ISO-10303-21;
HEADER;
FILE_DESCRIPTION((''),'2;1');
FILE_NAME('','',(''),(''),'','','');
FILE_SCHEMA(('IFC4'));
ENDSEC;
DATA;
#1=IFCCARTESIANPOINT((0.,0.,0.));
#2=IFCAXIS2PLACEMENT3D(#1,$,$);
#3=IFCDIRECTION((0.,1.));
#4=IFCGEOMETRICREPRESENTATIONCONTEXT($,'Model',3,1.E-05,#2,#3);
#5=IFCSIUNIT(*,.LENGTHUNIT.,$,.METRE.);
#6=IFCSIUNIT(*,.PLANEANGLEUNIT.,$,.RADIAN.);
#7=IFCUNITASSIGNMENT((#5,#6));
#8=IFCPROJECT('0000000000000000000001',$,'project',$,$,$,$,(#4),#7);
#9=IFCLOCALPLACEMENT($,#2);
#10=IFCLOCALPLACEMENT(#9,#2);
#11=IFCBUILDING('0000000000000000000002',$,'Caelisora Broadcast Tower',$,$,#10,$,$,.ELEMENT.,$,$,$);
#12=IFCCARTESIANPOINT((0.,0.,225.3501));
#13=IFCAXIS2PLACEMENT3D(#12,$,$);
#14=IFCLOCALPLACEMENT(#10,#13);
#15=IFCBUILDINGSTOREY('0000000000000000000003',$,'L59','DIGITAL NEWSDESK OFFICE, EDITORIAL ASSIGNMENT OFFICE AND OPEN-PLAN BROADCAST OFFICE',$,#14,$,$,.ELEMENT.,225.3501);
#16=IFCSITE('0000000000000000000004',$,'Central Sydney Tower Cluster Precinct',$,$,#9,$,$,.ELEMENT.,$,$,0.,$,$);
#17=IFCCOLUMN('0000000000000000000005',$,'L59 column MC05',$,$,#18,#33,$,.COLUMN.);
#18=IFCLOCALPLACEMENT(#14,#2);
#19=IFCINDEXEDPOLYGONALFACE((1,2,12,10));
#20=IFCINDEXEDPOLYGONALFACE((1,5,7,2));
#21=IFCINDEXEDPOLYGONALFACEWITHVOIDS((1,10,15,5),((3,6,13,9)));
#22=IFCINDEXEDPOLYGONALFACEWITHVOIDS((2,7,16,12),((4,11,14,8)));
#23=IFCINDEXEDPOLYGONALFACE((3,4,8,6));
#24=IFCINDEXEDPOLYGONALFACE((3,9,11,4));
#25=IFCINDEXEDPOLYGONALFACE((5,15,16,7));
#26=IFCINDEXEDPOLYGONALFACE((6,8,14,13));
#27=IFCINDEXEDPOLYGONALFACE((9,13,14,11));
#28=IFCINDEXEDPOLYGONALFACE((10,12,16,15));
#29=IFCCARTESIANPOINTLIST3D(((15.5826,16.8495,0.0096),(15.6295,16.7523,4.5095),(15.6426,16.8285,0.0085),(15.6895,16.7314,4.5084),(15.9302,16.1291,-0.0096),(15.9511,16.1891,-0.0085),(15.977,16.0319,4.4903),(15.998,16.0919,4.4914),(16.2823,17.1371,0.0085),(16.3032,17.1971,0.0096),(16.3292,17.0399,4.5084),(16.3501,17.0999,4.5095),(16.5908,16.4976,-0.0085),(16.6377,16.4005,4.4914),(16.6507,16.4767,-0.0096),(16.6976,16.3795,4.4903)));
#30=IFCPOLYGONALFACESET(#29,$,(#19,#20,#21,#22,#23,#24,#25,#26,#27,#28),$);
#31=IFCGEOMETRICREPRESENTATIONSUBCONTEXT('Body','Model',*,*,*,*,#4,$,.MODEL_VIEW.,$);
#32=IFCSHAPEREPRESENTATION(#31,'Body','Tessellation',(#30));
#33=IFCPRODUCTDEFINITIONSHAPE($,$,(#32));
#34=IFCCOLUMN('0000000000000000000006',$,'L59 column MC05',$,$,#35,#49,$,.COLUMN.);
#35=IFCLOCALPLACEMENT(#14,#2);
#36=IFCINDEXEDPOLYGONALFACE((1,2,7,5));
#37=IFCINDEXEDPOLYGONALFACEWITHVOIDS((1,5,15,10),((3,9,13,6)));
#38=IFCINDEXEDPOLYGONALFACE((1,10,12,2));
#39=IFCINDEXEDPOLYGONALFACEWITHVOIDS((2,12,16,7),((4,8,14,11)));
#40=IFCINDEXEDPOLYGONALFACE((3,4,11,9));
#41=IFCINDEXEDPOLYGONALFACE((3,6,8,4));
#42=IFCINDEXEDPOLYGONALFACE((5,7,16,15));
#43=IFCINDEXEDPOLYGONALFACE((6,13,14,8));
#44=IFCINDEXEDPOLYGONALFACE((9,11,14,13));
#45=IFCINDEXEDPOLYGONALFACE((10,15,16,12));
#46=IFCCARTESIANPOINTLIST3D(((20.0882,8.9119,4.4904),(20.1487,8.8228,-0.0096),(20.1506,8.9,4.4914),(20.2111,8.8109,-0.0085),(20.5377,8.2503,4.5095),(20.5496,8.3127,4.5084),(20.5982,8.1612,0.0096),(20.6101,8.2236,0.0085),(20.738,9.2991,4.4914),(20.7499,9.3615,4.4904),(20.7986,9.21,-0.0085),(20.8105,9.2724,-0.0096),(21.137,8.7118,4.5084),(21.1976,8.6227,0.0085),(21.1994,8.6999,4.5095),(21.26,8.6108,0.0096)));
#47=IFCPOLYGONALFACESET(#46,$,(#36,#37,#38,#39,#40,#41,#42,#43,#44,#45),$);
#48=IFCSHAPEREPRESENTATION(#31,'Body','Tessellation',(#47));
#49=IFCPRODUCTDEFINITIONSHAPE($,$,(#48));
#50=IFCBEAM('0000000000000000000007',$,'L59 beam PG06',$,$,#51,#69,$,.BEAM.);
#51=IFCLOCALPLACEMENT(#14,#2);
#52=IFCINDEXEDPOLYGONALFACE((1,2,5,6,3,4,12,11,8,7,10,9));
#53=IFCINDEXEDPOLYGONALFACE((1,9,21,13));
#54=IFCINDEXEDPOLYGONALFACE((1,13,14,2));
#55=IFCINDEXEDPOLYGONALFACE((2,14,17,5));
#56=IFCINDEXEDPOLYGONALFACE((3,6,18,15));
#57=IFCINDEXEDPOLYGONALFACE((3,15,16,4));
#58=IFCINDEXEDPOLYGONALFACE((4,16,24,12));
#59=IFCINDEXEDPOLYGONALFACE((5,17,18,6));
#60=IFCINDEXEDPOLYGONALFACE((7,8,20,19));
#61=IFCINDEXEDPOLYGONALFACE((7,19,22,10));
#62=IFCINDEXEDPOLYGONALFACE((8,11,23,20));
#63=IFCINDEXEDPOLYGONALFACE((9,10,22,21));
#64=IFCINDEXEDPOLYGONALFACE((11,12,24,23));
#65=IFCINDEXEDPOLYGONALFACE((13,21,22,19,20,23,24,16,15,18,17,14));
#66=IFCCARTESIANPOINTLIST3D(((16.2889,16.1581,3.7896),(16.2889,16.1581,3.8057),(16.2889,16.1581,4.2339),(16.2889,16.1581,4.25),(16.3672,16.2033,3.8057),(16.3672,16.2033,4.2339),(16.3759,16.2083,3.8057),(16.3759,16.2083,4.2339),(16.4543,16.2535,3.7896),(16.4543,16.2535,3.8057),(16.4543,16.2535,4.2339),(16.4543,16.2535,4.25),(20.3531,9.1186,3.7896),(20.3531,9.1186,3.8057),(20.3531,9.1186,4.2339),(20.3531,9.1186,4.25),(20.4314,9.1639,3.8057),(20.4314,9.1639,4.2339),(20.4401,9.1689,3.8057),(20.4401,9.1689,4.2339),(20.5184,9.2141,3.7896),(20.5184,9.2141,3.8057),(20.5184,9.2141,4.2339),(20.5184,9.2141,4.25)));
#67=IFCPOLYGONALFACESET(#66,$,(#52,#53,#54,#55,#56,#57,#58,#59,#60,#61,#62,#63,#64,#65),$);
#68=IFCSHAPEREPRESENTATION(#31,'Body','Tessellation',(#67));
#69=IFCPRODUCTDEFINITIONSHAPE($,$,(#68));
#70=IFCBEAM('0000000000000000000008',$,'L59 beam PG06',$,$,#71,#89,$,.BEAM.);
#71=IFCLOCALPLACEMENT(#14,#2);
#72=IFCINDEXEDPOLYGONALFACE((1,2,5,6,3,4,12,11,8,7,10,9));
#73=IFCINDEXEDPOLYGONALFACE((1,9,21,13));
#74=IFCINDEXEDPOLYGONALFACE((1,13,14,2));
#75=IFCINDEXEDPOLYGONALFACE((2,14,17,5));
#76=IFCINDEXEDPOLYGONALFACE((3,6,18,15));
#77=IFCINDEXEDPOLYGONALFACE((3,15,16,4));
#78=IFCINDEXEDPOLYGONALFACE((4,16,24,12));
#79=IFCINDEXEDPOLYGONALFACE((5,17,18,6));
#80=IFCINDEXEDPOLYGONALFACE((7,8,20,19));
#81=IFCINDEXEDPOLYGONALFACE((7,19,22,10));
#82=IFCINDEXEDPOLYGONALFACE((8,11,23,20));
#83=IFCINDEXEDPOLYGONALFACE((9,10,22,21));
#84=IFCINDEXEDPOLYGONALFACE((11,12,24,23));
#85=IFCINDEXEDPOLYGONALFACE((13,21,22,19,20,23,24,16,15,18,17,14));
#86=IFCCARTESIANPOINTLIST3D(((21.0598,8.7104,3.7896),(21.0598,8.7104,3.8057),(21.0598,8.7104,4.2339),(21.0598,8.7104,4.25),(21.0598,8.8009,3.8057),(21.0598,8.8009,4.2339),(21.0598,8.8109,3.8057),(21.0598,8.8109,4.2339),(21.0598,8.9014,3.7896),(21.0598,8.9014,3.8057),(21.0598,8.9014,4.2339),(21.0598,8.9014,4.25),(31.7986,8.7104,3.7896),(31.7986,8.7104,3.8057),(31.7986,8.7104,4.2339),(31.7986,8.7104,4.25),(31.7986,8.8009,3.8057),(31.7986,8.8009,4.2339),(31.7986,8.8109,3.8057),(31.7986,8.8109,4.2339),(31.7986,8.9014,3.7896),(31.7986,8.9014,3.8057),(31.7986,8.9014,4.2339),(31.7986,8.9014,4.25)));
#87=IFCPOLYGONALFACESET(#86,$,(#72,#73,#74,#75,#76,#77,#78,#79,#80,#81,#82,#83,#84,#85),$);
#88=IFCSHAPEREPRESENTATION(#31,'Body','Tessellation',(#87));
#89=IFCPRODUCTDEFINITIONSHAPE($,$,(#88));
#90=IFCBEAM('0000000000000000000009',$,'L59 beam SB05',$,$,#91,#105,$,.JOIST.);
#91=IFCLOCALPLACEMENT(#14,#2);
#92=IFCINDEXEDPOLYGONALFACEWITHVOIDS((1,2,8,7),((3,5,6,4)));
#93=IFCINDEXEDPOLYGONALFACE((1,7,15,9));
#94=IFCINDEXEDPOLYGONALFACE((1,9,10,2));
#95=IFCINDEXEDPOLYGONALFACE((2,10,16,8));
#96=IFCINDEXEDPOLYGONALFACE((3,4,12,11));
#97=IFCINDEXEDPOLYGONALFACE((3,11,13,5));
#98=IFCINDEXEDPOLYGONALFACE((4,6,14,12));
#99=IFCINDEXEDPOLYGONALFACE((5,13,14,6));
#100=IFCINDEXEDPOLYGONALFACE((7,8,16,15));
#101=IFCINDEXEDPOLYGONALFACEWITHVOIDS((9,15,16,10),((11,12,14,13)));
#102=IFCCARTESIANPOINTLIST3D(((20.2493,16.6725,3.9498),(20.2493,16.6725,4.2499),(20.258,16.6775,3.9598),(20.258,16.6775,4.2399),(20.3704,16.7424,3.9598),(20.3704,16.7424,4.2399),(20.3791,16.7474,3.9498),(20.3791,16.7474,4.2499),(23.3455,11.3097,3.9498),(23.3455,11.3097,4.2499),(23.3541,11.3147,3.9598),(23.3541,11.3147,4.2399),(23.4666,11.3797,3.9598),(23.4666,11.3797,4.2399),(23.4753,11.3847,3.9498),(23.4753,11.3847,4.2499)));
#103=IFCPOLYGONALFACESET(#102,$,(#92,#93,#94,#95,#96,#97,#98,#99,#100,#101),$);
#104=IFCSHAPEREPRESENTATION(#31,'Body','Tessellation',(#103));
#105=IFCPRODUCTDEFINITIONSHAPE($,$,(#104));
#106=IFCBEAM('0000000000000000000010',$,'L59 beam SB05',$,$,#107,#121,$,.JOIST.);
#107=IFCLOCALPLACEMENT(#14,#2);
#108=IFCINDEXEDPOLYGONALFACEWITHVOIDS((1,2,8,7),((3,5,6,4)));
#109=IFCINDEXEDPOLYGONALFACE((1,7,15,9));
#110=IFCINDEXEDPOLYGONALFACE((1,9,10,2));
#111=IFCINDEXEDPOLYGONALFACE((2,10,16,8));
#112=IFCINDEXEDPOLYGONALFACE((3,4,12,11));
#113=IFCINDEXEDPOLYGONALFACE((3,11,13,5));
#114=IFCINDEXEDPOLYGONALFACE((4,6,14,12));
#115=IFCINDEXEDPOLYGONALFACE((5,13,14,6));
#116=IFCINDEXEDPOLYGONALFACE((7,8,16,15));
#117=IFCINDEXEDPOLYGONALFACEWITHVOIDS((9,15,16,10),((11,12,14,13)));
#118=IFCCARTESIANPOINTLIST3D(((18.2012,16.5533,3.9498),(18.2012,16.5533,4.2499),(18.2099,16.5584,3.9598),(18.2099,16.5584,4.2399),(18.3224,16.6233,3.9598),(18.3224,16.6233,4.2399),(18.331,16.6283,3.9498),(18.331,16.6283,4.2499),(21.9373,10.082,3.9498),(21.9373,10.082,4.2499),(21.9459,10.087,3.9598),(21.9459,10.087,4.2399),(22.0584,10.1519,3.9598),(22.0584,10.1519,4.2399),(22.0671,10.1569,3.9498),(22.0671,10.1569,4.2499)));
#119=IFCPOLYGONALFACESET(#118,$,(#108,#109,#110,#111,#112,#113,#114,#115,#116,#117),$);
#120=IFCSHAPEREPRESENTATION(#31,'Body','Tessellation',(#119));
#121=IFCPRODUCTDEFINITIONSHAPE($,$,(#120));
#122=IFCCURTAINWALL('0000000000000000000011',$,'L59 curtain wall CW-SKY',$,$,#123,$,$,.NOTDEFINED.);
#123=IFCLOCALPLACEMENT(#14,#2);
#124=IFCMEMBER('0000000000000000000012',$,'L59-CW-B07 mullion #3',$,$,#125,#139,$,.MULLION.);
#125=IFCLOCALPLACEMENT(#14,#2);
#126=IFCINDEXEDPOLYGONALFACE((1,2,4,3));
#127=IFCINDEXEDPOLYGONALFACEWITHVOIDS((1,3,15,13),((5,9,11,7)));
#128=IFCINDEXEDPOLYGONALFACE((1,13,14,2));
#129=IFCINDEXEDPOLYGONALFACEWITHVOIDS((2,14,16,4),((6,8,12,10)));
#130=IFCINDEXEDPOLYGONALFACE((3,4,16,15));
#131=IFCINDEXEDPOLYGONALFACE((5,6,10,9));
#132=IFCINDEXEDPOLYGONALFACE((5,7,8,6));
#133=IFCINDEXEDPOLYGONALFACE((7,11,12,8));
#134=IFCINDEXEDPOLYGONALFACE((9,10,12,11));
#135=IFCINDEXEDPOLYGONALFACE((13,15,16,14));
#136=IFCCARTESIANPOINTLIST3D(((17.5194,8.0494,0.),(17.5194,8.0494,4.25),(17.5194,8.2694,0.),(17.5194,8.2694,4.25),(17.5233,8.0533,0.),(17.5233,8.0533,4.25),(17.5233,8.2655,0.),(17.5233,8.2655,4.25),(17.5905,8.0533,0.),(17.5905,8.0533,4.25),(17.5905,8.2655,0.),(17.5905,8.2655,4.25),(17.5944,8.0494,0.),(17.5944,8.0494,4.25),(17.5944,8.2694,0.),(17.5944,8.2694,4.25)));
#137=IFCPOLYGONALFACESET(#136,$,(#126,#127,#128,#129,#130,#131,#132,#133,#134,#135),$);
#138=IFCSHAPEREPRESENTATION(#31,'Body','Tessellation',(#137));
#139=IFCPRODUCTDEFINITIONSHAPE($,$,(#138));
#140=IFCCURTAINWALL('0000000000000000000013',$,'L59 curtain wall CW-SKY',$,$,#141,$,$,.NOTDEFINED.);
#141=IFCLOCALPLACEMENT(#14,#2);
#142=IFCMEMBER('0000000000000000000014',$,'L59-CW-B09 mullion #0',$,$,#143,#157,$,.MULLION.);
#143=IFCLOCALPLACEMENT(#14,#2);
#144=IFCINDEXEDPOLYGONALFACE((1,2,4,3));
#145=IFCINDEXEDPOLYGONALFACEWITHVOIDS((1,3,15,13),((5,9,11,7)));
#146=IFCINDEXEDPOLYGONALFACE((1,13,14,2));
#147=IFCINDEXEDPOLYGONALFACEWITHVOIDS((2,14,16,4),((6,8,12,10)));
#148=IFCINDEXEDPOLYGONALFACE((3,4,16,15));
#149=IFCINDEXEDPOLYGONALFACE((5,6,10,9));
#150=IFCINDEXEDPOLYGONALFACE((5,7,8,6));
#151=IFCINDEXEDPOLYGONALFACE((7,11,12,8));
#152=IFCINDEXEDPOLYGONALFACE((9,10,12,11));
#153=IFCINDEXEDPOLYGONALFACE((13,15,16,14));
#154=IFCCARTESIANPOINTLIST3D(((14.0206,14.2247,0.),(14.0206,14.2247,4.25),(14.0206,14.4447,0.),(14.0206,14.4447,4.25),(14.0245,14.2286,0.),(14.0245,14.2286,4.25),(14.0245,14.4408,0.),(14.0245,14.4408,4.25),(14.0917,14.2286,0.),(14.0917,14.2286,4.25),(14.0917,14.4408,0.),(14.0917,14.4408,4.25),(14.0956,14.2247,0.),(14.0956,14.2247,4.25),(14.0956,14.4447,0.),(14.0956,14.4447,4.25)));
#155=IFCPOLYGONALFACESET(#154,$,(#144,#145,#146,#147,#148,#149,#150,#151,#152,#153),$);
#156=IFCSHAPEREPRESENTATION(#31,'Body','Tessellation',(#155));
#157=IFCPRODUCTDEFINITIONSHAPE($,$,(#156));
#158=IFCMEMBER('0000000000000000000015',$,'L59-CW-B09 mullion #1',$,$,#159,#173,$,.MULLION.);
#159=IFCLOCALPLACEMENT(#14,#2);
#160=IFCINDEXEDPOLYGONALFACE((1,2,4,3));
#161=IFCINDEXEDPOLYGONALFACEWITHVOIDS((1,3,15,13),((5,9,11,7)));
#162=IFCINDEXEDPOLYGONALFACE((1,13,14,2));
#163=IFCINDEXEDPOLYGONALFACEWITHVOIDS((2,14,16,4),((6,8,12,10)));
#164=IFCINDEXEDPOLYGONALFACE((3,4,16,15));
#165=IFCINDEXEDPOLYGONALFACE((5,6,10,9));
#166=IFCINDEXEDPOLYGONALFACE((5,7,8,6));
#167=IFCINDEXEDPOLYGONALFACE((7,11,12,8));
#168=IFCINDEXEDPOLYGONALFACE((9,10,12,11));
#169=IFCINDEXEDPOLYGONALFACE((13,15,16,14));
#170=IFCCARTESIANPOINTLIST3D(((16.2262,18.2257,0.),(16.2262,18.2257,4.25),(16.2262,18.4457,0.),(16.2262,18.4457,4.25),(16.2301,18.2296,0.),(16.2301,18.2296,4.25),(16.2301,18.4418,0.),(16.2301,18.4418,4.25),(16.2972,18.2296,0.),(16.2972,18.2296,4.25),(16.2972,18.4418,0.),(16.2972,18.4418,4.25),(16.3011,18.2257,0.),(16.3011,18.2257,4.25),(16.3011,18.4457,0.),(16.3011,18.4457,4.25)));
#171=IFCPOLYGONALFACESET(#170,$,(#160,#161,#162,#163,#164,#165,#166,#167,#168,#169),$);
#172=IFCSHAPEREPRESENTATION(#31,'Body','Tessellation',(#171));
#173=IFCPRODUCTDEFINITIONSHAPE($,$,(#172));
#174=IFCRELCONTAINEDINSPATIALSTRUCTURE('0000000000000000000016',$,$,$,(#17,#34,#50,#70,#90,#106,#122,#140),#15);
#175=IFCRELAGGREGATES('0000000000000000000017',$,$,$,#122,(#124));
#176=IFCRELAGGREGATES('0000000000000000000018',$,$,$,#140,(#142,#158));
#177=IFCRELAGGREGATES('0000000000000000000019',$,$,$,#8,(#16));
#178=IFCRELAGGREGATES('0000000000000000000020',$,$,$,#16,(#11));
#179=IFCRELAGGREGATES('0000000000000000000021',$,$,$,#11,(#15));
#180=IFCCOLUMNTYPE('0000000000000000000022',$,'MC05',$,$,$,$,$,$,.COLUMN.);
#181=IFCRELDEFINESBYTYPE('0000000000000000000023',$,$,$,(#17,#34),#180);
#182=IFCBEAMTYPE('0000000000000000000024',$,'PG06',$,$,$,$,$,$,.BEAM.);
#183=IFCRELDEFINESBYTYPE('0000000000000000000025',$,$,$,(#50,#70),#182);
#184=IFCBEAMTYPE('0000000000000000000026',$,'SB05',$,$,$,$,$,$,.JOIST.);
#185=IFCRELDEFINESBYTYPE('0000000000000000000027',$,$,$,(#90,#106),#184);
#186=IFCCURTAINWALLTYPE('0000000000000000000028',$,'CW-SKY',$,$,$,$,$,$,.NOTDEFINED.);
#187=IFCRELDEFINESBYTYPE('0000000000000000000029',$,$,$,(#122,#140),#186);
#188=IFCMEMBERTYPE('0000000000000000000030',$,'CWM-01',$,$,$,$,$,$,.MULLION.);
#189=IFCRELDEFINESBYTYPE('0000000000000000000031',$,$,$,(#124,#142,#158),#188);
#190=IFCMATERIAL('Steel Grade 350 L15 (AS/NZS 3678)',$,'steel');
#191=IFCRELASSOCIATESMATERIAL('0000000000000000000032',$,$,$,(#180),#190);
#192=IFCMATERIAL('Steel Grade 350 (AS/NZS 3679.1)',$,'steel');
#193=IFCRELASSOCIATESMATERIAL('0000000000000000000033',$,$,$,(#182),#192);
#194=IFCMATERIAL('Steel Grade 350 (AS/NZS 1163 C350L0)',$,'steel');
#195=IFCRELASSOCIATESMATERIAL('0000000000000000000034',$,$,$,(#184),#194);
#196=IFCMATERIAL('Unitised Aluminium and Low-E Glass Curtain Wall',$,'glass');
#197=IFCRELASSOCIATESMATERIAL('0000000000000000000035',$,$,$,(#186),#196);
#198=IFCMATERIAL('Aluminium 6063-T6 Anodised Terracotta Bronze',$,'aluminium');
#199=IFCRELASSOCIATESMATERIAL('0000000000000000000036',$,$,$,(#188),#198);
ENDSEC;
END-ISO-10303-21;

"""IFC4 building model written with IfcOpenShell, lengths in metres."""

from ifc_helpers import new_model, si_unit, direction, frame, origin, origin_2d, place, context, subcontext, project, spatial, hollow_rectangle, i_section, extrude, source, transform, mapped, material, material_profile, profile_set, type_object, type_shapes, element, aggregate, save


model = new_model("IFC4")

# Units and contexts
model_context = context("Model", 3, precision=1e-05, world=origin(), true_north=direction((0.0, 1.0)))
body_context = subcontext(model_context, "Body", "Model", "MODEL_VIEW")
ifc_project = project(units=[si_unit("LENGTHUNIT", "METRE"), si_unit("PLANEANGLEUNIT", "RADIAN")], contexts=[model_context])

# Site, building, storey
site_placement = place(None, origin())
site = spatial("IfcSite", under=ifc_project, at=site_placement, Name="Central Sydney Tower Cluster Precinct", CompositionType="ELEMENT", RefElevation=0.0)
building_placement = place(site_placement, origin())
building = spatial("IfcBuilding", under=site, at=building_placement, Name="Caelisora Broadcast Tower", CompositionType="ELEMENT")
storey_placement = place(building_placement, frame((0.0, 0.0, 225.3501)))
storey = spatial("IfcBuildingStorey", under=building, at=storey_placement, Name="L59", Description="DIGITAL NEWSDESK OFFICE, EDITORIAL ASSIGNMENT OFFICE AND OPEN-PLAN BROADCAST OFFICE", CompositionType="ELEMENT", Elevation=225.3501)

# Columns
ifc_material_1 = material(Name="Steel Grade 350 L15 (AS/NZS 3678)", Category="steel")
ifc_material_profile_1 = material_profile(ifc_material_1, hollow_rectangle(XDim=0.8, YDim=0.8, WallThickness=0.0449, at=origin_2d()), Name="Steel Grade 350 L15 (AS/NZS 3678)")
ifc_profile_set_1 = profile_set([ifc_material_profile_1], Name="Steel Grade 350 L15 (AS/NZS 3678)")
column_type = type_object("IfcColumnType", Name="MC05", PredefinedType="COLUMN", material=ifc_profile_set_1)
shared_shape_1 = source(origin(), body_context, "Body", "SweptSolid", [
    extrude(hollow_rectangle(XDim=0.8, YDim=0.8, WallThickness=0.0449, at=origin_2d()), origin(), (0.0, 0.0, 1.0), 4.5012),
])
type_shapes(column_type, [shared_shape_1])
for number, where, z_axis, x_axis, name in (
    (1, (16.1167, 16.6631, 0.0), (0.010414, -0.021587, 0.999713), (0.900674, 0.434496, 0.0), "L59 column MC05"),
    (2, (20.7043, 8.7168, 0.0), (-0.013451, 0.019797, 0.999714), (-0.827137, -0.562, 0.0), "L59 column MC05"),
):
    element("IfcColumn", number, at=place(storey_placement, frame(where, z_axis=z_axis, x_axis=x_axis)), inside=storey, type_object=column_type, Name=name, PredefinedType="COLUMN", context=body_context, shape_type="MappedRepresentation", body=[
        mapped(shared_shape_1, transform((0.0, 0.0, 0.0), scale=1.0)),
    ])

# Beams
ifc_material_2 = material(Name="Steel Grade 350 (AS/NZS 3679.1)", Category="steel")
ifc_material_profile_2 = material_profile(ifc_material_2, i_section(OverallWidth=0.1909, OverallDepth=0.4604, WebThickness=0.01, FlangeThickness=0.0161, at=origin_2d()), Name="Steel Grade 350 (AS/NZS 3679.1)")
ifc_profile_set_2 = profile_set([ifc_material_profile_2], Name="Steel Grade 350 (AS/NZS 3679.1)")
beam_type_1 = type_object("IfcBeamType", Name="PG06", PredefinedType="BEAM", material=ifc_profile_set_2)
shared_shape_2 = source(origin(), body_context, "Body", "SweptSolid", [
    extrude(i_section(OverallWidth=0.1909, OverallDepth=0.4604, WebThickness=0.01, FlangeThickness=0.0161, at=origin_2d()), origin(), (0.0, 0.0, 1.0), 8.1284),
])
beam_1_placement = place(storey_placement, frame((16.3716, 16.2058, 4.0198), z_axis=(0.499993, -0.86603, 0.0), x_axis=(0.86603, 0.499993, 0.0)))
element("IfcBeam", 3, at=beam_1_placement, inside=storey, type_object=beam_type_1, Name="L59 beam PG06", PredefinedType="BEAM", context=body_context, shape_type="MappedRepresentation", body=[
    mapped(shared_shape_2, transform((0.0, 0.0, 0.0), scale=1.0)),
])
shared_shape_3 = source(origin(), body_context, "Body", "SweptSolid", [
    extrude(i_section(OverallWidth=0.1909, OverallDepth=0.4604, WebThickness=0.01, FlangeThickness=0.0161, at=origin_2d()), origin(), (0.0, 0.0, 1.0), 10.7388),
])
type_shapes(beam_type_1, [shared_shape_2, shared_shape_3])
beam_2_placement = place(storey_placement, frame((21.0598, 8.8059, 4.0198), z_axis=(1.0, 0.0, 0.0), x_axis=(0.0, 1.0, 0.0)))
element("IfcBeam", 4, at=beam_2_placement, inside=storey, type_object=beam_type_1, Name="L59 beam PG06", PredefinedType="BEAM", context=body_context, shape_type="MappedRepresentation", body=[
    mapped(shared_shape_3, transform((0.0, 0.0, 0.0), scale=1.0)),
])
ifc_material_3 = material(Name="Steel Grade 350 (AS/NZS 1163 C350L0)", Category="steel")
ifc_material_profile_3 = material_profile(ifc_material_3, hollow_rectangle(XDim=0.1499, YDim=0.3, WallThickness=0.01, at=origin_2d()), Name="Steel Grade 350 (AS/NZS 1163 C350L0)")
ifc_profile_set_3 = profile_set([ifc_material_profile_3], Name="Steel Grade 350 (AS/NZS 1163 C350L0)")
beam_type_2 = type_object("IfcBeamType", Name="SB05", PredefinedType="JOIST", material=ifc_profile_set_3)
shared_shape_4 = source(origin(), body_context, "Body", "SweptSolid", [
    extrude(hollow_rectangle(XDim=0.1499, YDim=0.3, WallThickness=0.01, at=origin_2d()), origin(), (0.0, 0.0, 1.0), 6.1924),
])
beam_3_placement = place(storey_placement, frame((20.3142, 16.71, 4.0999), z_axis=(0.499998, -0.866027, 0.0), x_axis=(0.866027, 0.499998, 0.0)))
element("IfcBeam", 5, at=beam_3_placement, inside=storey, type_object=beam_type_2, Name="L59 beam SB05", PredefinedType="JOIST", context=body_context, shape_type="MappedRepresentation", body=[
    mapped(shared_shape_4, transform((0.0, 0.0, 0.0), scale=1.0)),
])
shared_shape_5 = source(origin(), body_context, "Body", "SweptSolid", [
    extrude(hollow_rectangle(XDim=0.1499, YDim=0.3, WallThickness=0.01, at=origin_2d()), origin(), (0.0, 0.0, 1.0), 7.4724),
])
type_shapes(beam_type_2, [shared_shape_4, shared_shape_5])
beam_4_placement = place(storey_placement, frame((18.2661, 16.5908, 4.0999), z_axis=(0.49998, -0.866037, 0.0), x_axis=(0.866037, 0.49998, 0.0)))
element("IfcBeam", 6, at=beam_4_placement, inside=storey, type_object=beam_type_2, Name="L59 beam SB05", PredefinedType="JOIST", context=body_context, shape_type="MappedRepresentation", body=[
    mapped(shared_shape_5, transform((0.0, 0.0, 0.0), scale=1.0)),
])

# Curtain wall, member
ifc_material_4 = material(Name="Unitised Aluminium and Low-E Glass Curtain Wall", Category="glass")
curtain_wall_type = type_object("IfcCurtainWallType", Name="CW-SKY", PredefinedType="NOTDEFINED", material=ifc_material_4)
curtain_wall_1_placement = place(storey_placement, origin())
curtain_wall_1 = element("IfcCurtainWall", 7, at=curtain_wall_1_placement, inside=storey, type_object=curtain_wall_type, Name="L59 curtain wall CW-SKY", PredefinedType="NOTDEFINED")
ifc_material_5 = material(Name="Aluminium 6063-T6 Anodised Terracotta Bronze", Category="aluminium")
ifc_material_profile_4 = material_profile(ifc_material_5, hollow_rectangle(XDim=0.075, YDim=0.22, WallThickness=0.0039, at=origin_2d()), Name="Aluminium 6063-T6 Anodised Terracotta Bronze")
ifc_profile_set_4 = profile_set([ifc_material_profile_4], Name="Aluminium 6063-T6 Anodised Terracotta Bronze")
member_type_1 = type_object("IfcMemberType", Name="CWM-01", PredefinedType="MULLION", material=ifc_profile_set_4)
shared_shape_6 = source(origin(), body_context, "Body", "SweptSolid", [
    extrude(hollow_rectangle(XDim=0.075, YDim=0.22, WallThickness=0.0039, at=origin_2d()), origin(), (0.0, 0.0, 1.0), 4.25),
])
type_shapes(member_type_1, [shared_shape_6])
member_1_placement = place(storey_placement, frame((17.5569, 8.1594, 0.0), z_axis=(0.0, 0.0, 1.0), x_axis=(1.0, 0.0, 0.0)))
member_1 = element("IfcMember", 8, at=member_1_placement, type_object=member_type_1, Name="L59-CW-B07 mullion #3", PredefinedType="MULLION", context=body_context, shape_type="MappedRepresentation", body=[
    mapped(shared_shape_6, transform((0.0, 0.0, 0.0), scale=1.0)),
])

# Curtain wall, members
curtain_wall_2_placement = place(storey_placement, origin())
curtain_wall_2 = element("IfcCurtainWall", 9, at=curtain_wall_2_placement, inside=storey, type_object=curtain_wall_type, Name="L59 curtain wall CW-SKY", PredefinedType="NOTDEFINED")
member_2_placement = place(storey_placement, frame((14.0581, 14.3347, 0.0), z_axis=(0.0, 0.0, 1.0), x_axis=(1.0, 0.0, 0.0)))
member_2 = element("IfcMember", 10, at=member_2_placement, type_object=member_type_1, Name="L59-CW-B09 mullion #0", PredefinedType="MULLION", context=body_context, shape_type="MappedRepresentation", body=[
    mapped(shared_shape_6, transform((0.0, 0.0, 0.0), scale=1.0)),
])
member_3_placement = place(storey_placement, frame((16.2637, 18.3357, 0.0), z_axis=(0.0, 0.0, 1.0), x_axis=(1.0, 0.0, 0.0)))
member_3 = element("IfcMember", 11, at=member_3_placement, type_object=member_type_1, Name="L59-CW-B09 mullion #1", PredefinedType="MULLION", context=body_context, shape_type="MappedRepresentation", body=[
    mapped(shared_shape_6, transform((0.0, 0.0, 0.0), scale=1.0)),
])

aggregate(curtain_wall_1, [member_1])
aggregate(curtain_wall_2, [member_2, member_3])

save(model, "model.ifc")
